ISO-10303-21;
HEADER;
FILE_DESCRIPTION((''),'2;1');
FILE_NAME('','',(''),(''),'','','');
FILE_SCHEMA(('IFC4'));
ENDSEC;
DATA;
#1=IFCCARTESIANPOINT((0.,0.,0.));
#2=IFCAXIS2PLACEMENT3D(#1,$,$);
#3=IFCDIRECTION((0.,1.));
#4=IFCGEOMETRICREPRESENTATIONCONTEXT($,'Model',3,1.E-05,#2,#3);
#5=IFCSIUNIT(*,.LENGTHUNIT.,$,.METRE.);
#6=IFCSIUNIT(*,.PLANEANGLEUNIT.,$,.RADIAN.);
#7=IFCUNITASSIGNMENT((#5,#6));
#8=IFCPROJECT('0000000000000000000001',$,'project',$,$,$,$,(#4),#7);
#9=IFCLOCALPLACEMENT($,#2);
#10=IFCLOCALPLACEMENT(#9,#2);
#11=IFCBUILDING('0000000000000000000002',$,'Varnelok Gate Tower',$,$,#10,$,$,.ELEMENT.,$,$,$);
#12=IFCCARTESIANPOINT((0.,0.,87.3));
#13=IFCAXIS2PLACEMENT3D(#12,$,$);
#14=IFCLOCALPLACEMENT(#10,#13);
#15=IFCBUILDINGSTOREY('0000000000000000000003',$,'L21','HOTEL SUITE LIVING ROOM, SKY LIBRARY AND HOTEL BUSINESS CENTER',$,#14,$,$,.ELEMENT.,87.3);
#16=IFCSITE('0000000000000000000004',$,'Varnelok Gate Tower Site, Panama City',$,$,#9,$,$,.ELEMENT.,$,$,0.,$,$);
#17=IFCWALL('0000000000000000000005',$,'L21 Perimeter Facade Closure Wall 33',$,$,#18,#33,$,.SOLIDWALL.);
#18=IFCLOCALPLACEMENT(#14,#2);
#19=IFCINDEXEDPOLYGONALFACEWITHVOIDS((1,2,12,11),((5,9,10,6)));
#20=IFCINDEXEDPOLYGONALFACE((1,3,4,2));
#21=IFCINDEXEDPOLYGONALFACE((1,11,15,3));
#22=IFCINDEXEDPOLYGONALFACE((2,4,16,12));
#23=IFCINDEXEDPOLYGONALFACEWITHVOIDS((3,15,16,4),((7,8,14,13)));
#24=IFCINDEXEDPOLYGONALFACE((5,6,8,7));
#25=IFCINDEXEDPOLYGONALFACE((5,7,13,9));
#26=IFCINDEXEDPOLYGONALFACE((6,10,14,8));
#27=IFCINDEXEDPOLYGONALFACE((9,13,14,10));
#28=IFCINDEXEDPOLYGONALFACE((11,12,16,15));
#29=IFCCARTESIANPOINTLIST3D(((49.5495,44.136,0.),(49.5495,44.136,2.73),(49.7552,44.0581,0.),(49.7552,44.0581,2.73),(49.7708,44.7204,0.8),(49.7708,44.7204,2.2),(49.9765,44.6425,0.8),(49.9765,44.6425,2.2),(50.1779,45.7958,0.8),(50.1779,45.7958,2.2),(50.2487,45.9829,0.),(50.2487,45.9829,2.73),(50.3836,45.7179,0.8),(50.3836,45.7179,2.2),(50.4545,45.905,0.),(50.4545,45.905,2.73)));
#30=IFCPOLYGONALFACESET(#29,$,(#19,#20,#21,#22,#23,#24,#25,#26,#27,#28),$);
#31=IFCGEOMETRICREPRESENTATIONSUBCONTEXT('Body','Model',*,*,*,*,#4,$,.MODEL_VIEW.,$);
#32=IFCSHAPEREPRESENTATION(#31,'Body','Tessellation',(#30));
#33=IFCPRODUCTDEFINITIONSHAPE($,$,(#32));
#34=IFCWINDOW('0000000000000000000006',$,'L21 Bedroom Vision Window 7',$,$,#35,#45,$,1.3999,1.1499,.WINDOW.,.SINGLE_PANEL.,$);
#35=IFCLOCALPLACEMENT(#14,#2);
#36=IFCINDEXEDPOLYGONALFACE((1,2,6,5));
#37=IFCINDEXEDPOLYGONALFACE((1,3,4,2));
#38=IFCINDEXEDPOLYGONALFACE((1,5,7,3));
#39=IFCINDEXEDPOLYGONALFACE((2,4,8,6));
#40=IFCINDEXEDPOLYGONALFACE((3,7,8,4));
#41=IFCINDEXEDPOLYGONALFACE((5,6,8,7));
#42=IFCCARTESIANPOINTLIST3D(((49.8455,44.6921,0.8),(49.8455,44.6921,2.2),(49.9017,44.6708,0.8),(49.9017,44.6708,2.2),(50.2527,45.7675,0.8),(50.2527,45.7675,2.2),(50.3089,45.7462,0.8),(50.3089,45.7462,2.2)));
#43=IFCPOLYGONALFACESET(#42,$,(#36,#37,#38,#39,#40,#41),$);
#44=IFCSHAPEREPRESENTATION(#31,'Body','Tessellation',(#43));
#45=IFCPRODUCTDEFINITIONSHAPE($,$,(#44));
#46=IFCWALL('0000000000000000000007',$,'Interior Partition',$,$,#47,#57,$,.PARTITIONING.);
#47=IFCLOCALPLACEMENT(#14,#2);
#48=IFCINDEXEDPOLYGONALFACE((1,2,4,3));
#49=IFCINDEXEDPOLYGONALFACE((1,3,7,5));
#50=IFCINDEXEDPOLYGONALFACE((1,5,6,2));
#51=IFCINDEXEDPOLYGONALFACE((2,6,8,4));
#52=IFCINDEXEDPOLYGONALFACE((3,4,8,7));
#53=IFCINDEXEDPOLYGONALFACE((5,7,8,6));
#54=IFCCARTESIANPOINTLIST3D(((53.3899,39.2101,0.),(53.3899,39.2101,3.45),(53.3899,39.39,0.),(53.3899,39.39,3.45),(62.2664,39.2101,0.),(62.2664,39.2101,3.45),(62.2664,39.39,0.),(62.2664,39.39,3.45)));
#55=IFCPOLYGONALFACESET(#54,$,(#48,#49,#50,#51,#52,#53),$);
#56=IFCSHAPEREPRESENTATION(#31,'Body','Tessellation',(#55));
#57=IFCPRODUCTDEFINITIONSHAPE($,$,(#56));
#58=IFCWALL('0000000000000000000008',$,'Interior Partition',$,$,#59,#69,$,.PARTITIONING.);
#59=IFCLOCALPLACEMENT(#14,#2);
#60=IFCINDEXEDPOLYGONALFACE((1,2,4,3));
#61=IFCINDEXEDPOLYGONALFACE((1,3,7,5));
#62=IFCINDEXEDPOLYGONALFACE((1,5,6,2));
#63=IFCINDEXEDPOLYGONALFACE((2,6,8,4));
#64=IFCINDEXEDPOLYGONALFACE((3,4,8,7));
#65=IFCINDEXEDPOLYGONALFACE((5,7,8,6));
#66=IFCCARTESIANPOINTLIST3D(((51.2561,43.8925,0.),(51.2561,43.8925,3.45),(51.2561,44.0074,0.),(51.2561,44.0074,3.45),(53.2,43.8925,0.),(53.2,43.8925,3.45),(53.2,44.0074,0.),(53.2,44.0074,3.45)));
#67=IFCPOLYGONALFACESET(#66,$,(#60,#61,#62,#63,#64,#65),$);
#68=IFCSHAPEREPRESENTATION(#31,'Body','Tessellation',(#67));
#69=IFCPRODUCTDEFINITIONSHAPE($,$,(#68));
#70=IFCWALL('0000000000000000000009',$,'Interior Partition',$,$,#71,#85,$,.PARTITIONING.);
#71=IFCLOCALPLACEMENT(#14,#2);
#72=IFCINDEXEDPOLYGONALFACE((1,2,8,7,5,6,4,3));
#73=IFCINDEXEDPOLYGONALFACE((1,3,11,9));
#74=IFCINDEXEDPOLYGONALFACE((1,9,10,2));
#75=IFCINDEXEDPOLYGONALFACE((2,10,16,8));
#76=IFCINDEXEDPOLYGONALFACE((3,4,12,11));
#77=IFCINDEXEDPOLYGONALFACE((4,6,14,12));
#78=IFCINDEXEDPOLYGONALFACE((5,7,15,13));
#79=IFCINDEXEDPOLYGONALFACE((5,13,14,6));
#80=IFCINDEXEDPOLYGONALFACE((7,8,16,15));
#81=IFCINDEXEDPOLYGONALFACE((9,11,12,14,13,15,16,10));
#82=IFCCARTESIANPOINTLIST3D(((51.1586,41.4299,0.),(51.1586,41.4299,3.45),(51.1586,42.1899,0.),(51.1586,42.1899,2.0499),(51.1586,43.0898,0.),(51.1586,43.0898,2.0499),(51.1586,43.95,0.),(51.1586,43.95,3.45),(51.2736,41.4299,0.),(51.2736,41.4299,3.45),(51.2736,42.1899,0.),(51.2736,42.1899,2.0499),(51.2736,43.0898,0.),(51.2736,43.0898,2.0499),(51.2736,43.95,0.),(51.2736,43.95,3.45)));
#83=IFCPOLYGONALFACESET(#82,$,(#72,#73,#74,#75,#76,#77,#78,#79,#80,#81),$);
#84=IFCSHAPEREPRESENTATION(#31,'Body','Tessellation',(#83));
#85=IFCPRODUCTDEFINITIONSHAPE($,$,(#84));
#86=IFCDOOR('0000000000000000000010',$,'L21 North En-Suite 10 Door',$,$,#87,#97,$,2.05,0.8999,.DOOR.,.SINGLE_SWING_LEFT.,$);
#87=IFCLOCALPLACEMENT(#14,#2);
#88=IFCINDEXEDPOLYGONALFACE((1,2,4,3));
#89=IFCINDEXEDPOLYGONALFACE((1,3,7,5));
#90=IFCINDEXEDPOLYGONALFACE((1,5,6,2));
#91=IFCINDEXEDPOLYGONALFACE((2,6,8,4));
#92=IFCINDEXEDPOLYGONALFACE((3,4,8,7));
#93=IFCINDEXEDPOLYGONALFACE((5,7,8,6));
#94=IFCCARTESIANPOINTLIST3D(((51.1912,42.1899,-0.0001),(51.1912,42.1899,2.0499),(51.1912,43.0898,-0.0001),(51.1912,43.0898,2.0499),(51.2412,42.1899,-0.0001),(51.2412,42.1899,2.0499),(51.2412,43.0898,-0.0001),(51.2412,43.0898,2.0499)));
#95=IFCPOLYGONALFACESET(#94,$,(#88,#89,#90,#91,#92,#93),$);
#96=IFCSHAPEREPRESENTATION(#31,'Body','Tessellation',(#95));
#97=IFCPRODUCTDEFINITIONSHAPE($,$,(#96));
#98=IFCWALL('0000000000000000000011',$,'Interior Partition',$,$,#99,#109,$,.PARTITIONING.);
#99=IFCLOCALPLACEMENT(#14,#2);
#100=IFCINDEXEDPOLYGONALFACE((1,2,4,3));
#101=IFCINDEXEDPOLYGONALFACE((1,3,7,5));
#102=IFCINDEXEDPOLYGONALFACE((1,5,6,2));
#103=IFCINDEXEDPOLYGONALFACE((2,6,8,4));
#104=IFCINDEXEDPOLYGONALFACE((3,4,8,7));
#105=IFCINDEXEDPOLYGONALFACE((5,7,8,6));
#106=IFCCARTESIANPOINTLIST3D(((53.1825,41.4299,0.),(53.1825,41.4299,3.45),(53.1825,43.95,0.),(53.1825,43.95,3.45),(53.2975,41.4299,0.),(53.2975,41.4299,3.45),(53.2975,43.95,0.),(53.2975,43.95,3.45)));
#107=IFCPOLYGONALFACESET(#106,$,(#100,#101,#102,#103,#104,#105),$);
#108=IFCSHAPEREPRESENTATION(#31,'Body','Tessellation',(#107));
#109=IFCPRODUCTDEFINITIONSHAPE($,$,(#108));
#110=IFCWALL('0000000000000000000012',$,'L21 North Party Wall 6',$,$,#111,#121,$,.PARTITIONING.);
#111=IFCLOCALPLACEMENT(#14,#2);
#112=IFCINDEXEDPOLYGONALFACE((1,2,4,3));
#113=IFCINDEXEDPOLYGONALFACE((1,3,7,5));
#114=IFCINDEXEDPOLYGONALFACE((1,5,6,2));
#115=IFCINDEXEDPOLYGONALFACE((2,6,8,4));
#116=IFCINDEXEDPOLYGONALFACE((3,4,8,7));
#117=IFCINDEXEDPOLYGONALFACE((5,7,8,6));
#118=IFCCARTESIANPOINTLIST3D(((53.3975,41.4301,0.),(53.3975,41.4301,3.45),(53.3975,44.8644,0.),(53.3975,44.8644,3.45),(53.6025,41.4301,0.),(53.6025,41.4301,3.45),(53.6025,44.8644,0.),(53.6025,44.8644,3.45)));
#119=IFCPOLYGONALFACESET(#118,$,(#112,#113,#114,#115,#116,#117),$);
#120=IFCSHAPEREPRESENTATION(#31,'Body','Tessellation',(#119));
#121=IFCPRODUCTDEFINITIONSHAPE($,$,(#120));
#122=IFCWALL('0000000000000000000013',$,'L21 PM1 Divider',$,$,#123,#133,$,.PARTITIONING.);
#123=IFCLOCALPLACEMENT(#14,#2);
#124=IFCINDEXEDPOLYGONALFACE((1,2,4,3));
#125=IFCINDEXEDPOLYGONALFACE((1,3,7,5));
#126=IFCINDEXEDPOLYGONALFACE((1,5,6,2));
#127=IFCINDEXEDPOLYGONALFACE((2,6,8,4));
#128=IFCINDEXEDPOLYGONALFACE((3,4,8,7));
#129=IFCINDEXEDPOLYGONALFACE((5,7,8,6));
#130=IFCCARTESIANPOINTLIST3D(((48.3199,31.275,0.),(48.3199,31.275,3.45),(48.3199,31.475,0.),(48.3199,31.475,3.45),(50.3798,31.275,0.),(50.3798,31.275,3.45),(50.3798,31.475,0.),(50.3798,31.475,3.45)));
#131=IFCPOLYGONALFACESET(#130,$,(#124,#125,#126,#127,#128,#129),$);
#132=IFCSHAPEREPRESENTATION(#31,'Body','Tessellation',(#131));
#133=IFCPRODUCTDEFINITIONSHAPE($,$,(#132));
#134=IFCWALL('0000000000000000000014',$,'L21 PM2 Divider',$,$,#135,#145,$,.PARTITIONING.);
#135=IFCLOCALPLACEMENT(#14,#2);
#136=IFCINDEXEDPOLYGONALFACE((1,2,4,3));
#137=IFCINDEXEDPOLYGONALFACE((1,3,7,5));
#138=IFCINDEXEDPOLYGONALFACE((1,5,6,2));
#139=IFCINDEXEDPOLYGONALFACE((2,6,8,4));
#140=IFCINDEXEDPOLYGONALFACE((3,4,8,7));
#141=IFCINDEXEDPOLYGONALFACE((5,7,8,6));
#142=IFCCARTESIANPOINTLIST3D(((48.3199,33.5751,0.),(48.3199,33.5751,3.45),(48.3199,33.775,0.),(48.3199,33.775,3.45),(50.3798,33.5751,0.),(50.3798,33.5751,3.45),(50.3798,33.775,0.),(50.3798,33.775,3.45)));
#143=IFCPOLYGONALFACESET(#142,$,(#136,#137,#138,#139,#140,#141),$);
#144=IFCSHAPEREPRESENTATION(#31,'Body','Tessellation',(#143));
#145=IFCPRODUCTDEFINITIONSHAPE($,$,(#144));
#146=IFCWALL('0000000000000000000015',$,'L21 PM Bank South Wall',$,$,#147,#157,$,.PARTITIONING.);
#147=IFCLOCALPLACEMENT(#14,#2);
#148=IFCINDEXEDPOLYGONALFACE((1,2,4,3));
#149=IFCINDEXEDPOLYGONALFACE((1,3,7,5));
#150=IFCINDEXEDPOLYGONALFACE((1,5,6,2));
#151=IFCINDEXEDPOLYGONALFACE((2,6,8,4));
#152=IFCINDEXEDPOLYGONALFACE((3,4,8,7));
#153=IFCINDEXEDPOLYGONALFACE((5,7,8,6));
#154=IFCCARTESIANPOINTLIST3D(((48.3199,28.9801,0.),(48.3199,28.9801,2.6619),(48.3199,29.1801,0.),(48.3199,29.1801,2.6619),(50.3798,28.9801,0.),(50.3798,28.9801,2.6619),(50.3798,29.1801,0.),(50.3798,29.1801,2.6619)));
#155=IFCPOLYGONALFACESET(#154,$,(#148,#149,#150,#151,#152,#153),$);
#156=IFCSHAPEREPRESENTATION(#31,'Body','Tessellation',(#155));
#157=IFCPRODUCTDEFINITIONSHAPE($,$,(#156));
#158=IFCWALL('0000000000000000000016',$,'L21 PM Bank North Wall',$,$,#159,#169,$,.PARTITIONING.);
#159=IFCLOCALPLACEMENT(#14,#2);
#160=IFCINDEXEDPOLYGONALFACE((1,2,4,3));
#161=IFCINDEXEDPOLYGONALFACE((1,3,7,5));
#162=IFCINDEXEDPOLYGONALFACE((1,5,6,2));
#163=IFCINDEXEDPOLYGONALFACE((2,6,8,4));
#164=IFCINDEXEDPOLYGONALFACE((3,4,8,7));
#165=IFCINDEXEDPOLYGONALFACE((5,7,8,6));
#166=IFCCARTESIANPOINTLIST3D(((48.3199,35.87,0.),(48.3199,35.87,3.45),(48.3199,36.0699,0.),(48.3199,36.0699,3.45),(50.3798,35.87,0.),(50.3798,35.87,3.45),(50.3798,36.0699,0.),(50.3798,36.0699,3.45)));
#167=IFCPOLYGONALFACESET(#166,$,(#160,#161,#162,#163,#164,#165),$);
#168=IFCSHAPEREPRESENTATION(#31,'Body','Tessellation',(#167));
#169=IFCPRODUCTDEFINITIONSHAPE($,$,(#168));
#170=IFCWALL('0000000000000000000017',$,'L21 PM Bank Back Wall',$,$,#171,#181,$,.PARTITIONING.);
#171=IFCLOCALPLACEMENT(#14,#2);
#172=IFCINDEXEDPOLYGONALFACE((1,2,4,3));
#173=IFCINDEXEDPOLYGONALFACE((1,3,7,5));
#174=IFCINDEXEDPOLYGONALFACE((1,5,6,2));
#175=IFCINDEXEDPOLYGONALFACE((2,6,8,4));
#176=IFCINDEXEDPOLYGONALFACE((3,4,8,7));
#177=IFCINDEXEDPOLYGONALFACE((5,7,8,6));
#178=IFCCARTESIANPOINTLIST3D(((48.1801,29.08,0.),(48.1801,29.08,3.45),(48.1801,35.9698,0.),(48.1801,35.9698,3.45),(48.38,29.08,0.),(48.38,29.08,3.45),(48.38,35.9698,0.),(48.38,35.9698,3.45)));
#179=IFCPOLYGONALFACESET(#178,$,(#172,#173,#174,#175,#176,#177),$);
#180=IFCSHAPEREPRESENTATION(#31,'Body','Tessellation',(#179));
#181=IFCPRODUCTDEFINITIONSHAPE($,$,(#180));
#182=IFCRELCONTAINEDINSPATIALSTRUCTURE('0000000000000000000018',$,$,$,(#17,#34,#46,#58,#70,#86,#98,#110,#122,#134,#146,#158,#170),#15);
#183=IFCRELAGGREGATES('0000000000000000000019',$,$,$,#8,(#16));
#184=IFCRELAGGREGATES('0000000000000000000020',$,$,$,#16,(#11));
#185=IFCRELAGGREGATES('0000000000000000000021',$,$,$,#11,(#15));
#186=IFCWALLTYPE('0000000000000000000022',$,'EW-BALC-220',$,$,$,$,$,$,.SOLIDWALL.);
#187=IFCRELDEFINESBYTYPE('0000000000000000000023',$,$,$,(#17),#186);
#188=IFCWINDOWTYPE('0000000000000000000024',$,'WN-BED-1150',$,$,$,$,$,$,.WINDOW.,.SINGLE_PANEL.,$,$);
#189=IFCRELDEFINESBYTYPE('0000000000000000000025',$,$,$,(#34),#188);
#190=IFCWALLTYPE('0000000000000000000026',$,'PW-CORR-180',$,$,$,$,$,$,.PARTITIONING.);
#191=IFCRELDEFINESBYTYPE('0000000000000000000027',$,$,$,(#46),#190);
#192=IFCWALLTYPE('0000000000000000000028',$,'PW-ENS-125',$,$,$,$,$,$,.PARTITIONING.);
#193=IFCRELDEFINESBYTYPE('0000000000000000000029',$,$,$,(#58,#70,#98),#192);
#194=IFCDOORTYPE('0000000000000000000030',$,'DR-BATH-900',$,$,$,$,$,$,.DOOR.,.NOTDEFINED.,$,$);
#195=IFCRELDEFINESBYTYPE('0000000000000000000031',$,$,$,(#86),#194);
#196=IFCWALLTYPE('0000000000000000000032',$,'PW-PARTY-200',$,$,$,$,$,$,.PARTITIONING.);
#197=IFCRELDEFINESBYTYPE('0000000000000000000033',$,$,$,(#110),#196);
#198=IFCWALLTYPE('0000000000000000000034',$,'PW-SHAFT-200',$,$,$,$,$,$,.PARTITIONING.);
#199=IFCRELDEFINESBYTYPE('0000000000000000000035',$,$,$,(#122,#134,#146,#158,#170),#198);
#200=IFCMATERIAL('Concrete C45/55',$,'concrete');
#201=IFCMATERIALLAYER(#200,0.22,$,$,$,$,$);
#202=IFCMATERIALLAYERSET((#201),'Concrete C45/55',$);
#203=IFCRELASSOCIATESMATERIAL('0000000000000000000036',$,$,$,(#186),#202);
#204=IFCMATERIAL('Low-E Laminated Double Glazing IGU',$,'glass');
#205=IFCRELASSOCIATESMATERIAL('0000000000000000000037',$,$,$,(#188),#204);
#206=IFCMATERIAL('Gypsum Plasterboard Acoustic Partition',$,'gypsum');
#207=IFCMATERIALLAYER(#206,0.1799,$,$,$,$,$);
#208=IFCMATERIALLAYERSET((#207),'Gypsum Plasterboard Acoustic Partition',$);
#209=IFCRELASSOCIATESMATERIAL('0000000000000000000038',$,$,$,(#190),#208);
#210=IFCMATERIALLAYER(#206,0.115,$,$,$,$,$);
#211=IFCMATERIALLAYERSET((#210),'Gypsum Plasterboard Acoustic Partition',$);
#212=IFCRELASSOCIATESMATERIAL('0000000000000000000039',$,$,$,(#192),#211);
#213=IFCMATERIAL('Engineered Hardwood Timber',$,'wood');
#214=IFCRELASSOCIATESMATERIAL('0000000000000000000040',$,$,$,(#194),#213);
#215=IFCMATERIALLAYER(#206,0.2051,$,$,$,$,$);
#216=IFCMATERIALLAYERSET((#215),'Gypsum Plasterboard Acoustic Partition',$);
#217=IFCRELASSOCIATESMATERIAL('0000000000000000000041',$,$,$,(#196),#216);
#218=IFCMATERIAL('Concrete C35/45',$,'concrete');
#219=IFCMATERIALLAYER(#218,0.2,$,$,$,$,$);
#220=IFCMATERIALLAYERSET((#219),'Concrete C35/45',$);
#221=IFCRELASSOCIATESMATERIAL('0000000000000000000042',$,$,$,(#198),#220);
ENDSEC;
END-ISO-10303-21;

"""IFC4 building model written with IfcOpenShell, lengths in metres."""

from ifc_helpers import new_model, si_unit, direction, frame, frame_2d, origin, place, context, subcontext, project, spatial, rectangle, extrude, material, layer, layer_set, type_object, element, fill, save


model = new_model("IFC4")

# Units and contexts
model_context = context("Model", 3, precision=1e-05, world=origin(), true_north=direction((0.0, 1.0)))
body_context = subcontext(model_context, "Body", "Model", "MODEL_VIEW")
ifc_project = project(units=[si_unit("LENGTHUNIT", "METRE"), si_unit("PLANEANGLEUNIT", "RADIAN")], contexts=[model_context])

# Site, building, storey
site_placement = place(None, origin())
site = spatial("IfcSite", under=ifc_project, at=site_placement, Name="Varnelok Gate Tower Site, Panama City", CompositionType="ELEMENT", RefElevation=0.0)
building_placement = place(site_placement, origin())
building = spatial("IfcBuilding", under=site, at=building_placement, Name="Varnelok Gate Tower", CompositionType="ELEMENT")
storey_placement = place(building_placement, frame((0.0, 0.0, 87.3)))
storey = spatial("IfcBuildingStorey", under=building, at=storey_placement, Name="L21", Description="HOTEL SUITE LIVING ROOM, SKY LIBRARY AND HOTEL BUSINESS CENTER", CompositionType="ELEMENT", Elevation=87.3)

# Wall, opening, window
ifc_material_1 = material(Name="Concrete C45/55", Category="concrete")
ifc_layer_1 = layer(ifc_material_1, 0.22)
ifc_layer_set_1 = layer_set([ifc_layer_1], Name="Concrete C45/55")
wall_type_1 = type_object("IfcWallType", Name="EW-BALC-220", PredefinedType="SOLIDWALL", material=ifc_layer_set_1)
wall_1_placement = place(storey_placement, frame((50.3516, 45.9438, 0.0), z_axis=(0.0, 0.0, 1.0), x_axis=(-0.354062, -0.935222, 0.0)))
wall_1 = element("IfcWall", 1, at=wall_1_placement, inside=storey, type_object=wall_type_1, Name="L21 Perimeter Facade Closure Wall 33", PredefinedType="SOLIDWALL", context=body_context, shape_type="SweptSolid", body=[
    extrude(rectangle(XDim=1.9749, YDim=0.22, at=frame_2d((0.9873, 0.0))), origin(), (0.0, 0.0, 1.0), 2.73),
])
opening_1_placement = place(wall_1_placement, frame((0.2, 0.0, 0.8)))
opening_1 = element("IfcOpeningElement", 2, at=opening_1_placement, cuts=wall_1, PredefinedType="OPENING", context=body_context, shape_type="SweptSolid", body=[
    extrude(rectangle(XDim=1.1499, YDim=1.3999, at=frame_2d((0.575, 0.7))), frame((0.0, 0.1199, 0.0), z_axis=(0.0, -1.0, 0.0), x_axis=(1.0, 0.0, 0.0)), (0.0, 0.0, 1.0), 0.24),
])
ifc_material_2 = material(Name="Low-E Laminated Double Glazing IGU", Category="glass")
window_type = type_object("IfcWindowType", Name="WN-BED-1150", PartitioningType="SINGLE_PANEL", PredefinedType="WINDOW", material=ifc_material_2)
window_placement = place(opening_1_placement, origin())
window = element("IfcWindow", 3, at=window_placement, inside=storey, type_object=window_type, Name="L21 Bedroom Vision Window 7", OverallHeight=1.3999, OverallWidth=1.1499, PartitioningType="SINGLE_PANEL", PredefinedType="WINDOW", context=body_context, shape_type="SweptSolid", body=[
    extrude(rectangle(XDim=1.1499, YDim=1.3999, at=frame_2d((0.575, 0.7))), frame((0.0, 0.03, 0.0), z_axis=(0.0, -1.0, 0.0), x_axis=(1.0, 0.0, 0.0)), (0.0, 0.0, 1.0), 0.0601),
])
fill(opening_1, window)

# Walls
ifc_material_3 = material(Name="Gypsum Plasterboard Acoustic Partition", Category="gypsum")
ifc_layer_2 = layer(ifc_material_3, 0.1799)
ifc_layer_set_2 = layer_set([ifc_layer_2], Name="Gypsum Plasterboard Acoustic Partition")
wall_type_2 = type_object("IfcWallType", Name="PW-CORR-180", PredefinedType="PARTITIONING", material=ifc_layer_set_2)
wall_2_placement = place(storey_placement, frame((53.3899, 39.3, 0.0), z_axis=(0.0, 0.0, 1.0), x_axis=(1.0, 0.0, 0.0)))
element("IfcWall", 4, at=wall_2_placement, inside=storey, type_object=wall_type_2, Name="Interior Partition", PredefinedType="PARTITIONING", context=body_context, shape_type="SweptSolid", body=[
    extrude(rectangle(XDim=8.8765, YDim=0.1799, at=frame_2d((4.4382, 0.0))), origin(), (0.0, 0.0, 1.0), 3.45),
])
ifc_layer_3 = layer(ifc_material_3, 0.115)
ifc_layer_set_3 = layer_set([ifc_layer_3], Name="Gypsum Plasterboard Acoustic Partition")
wall_type_3 = type_object("IfcWallType", Name="PW-ENS-125", PredefinedType="PARTITIONING", material=ifc_layer_set_3)
wall_3_placement = place(storey_placement, frame((51.2561, 43.95, 0.0), z_axis=(0.0, 0.0, 1.0), x_axis=(1.0, 0.0, 0.0)))
element("IfcWall", 5, at=wall_3_placement, inside=storey, type_object=wall_type_3, Name="Interior Partition", PredefinedType="PARTITIONING", context=body_context, shape_type="SweptSolid", body=[
    extrude(rectangle(XDim=1.9438, YDim=0.115, at=frame_2d((0.9719, 0.0))), origin(), (0.0, 0.0, 1.0), 3.45),
])

# Wall, opening, door
wall_4_placement = place(storey_placement, frame((51.2161, 41.4299, 0.0), z_axis=(0.0, 0.0, 1.0), x_axis=(0.0, 1.0, 0.0)))
wall_4 = element("IfcWall", 6, at=wall_4_placement, inside=storey, type_object=wall_type_3, Name="Interior Partition", PredefinedType="PARTITIONING", context=body_context, shape_type="SweptSolid", body=[
    extrude(rectangle(XDim=2.52, YDim=0.115, at=frame_2d((1.26, 0.0))), origin(), (0.0, 0.0, 1.0), 3.45),
])
opening_2_placement = place(wall_4_placement, frame((0.76, 0.0, 0.0)))
opening_2 = element("IfcOpeningElement", 7, at=opening_2_placement, cuts=wall_4, PredefinedType="OPENING", context=body_context, shape_type="SweptSolid", body=[
    extrude(rectangle(XDim=0.8999, YDim=2.05, at=frame_2d((0.45, 1.0249))), frame((0.0, 0.0674, 0.0), z_axis=(0.0, -1.0, 0.0), x_axis=(1.0, 0.0, 0.0)), (0.0, 0.0, 1.0), 0.135),
])
ifc_material_4 = material(Name="Engineered Hardwood Timber", Category="wood")
door_type = type_object("IfcDoorType", Name="DR-BATH-900", OperationType="NOTDEFINED", PredefinedType="DOOR", material=ifc_material_4)
door_placement = place(opening_2_placement, origin())
door = element("IfcDoor", 8, at=door_placement, inside=storey, type_object=door_type, Name="L21 North En-Suite 10 Door", OperationType="SINGLE_SWING_LEFT", OverallHeight=2.05, OverallWidth=0.8999, PredefinedType="DOOR", context=body_context, shape_type="SweptSolid", body=[
    extrude(rectangle(XDim=0.8999, YDim=2.05, at=frame_2d((0.45, 1.0249))), frame((0.0, 0.0249, 0.0), z_axis=(0.0, -1.0, 0.0), x_axis=(1.0, 0.0, 0.0)), (0.0, 0.0, 1.0), 0.05),
])
fill(opening_2, door)

# Walls
wall_5_placement = place(storey_placement, frame((53.24, 41.4299, 0.0), z_axis=(0.0, 0.0, 1.0), x_axis=(0.0, 1.0, 0.0)))
element("IfcWall", 9, at=wall_5_placement, inside=storey, type_object=wall_type_3, Name="Interior Partition", PredefinedType="PARTITIONING", context=body_context, shape_type="SweptSolid", body=[
    extrude(rectangle(XDim=2.52, YDim=0.115, at=frame_2d((1.26, 0.0))), origin(), (0.0, 0.0, 1.0), 3.45),
])
ifc_layer_4 = layer(ifc_material_3, 0.2051)
ifc_layer_set_4 = layer_set([ifc_layer_4], Name="Gypsum Plasterboard Acoustic Partition")
wall_type_4 = type_object("IfcWallType", Name="PW-PARTY-200", PredefinedType="PARTITIONING", material=ifc_layer_set_4)
wall_6_placement = place(storey_placement, frame((53.5, 41.4299, 0.0), z_axis=(0.0, 0.0, 1.0), x_axis=(0.0, 1.0, 0.0)))
element("IfcWall", 10, at=wall_6_placement, inside=storey, type_object=wall_type_4, Name="L21 North Party Wall 6", PredefinedType="PARTITIONING", context=body_context, shape_type="SweptSolid", body=[
    extrude(rectangle(XDim=3.4343, YDim=0.2051, at=frame_2d((1.7173, 0.0))), origin(), (0.0, 0.0, 1.0), 3.45),
])
ifc_material_5 = material(Name="Concrete C35/45", Category="concrete")
ifc_layer_5 = layer(ifc_material_5, 0.2)
ifc_layer_set_5 = layer_set([ifc_layer_5], Name="Concrete C35/45")
wall_type_5 = type_object("IfcWallType", Name="PW-SHAFT-200", PredefinedType="PARTITIONING", material=ifc_layer_set_5)
for number, where, z_axis, x_axis, name in (
    (11, (48.3201, 31.375, 0.0), (0.0, 0.0, 1.0), (1.0, 0.0, 0.0), "L21 PM1 Divider"),
    (12, (48.3201, 33.675, 0.0), (0.0, 0.0, 1.0), (1.0, 0.0, 0.0), "L21 PM2 Divider"),
):
    element("IfcWall", number, at=place(storey_placement, frame(where, z_axis=z_axis, x_axis=x_axis)), inside=storey, type_object=wall_type_5, Name=name, PredefinedType="PARTITIONING", context=body_context, shape_type="SweptSolid", body=[
        extrude(rectangle(XDim=2.0598, YDim=0.2, at=frame_2d((1.0298, 0.0))), origin(), (0.0, 0.0, 1.0), 3.45),
    ])
wall_7_placement = place(storey_placement, frame((48.3201, 29.0801, 0.0), z_axis=(0.0, 0.0, 1.0), x_axis=(1.0, 0.0, 0.0)))
element("IfcWall", 13, at=wall_7_placement, inside=storey, type_object=wall_type_5, Name="L21 PM Bank South Wall", PredefinedType="PARTITIONING", context=body_context, shape_type="SweptSolid", body=[
    extrude(rectangle(XDim=2.0598, YDim=0.2, at=frame_2d((1.0298, 0.0))), origin(), (0.0, 0.0, 1.0), 2.6619),
])
wall_8_placement = place(storey_placement, frame((48.3201, 35.97, 0.0), z_axis=(0.0, 0.0, 1.0), x_axis=(1.0, 0.0, 0.0)))
element("IfcWall", 14, at=wall_8_placement, inside=storey, type_object=wall_type_5, Name="L21 PM Bank North Wall", PredefinedType="PARTITIONING", context=body_context, shape_type="SweptSolid", body=[
    extrude(rectangle(XDim=2.0598, YDim=0.2, at=frame_2d((1.0298, 0.0))), origin(), (0.0, 0.0, 1.0), 3.45),
])
for number, where, z_axis, x_axis, name in (
    (15, (48.28, 29.0801, 0.0), (0.0, 0.0, 1.0), (0.0, 1.0, 0.0), "L21 PM Bank Back Wall"),
):
    element("IfcWall", number, at=place(storey_placement, frame(where, z_axis=z_axis, x_axis=x_axis)), inside=storey, type_object=wall_type_5, Name=name, PredefinedType="PARTITIONING", context=body_context, shape_type="SweptSolid", body=[
        extrude(rectangle(XDim=6.8899, YDim=0.2, at=frame_2d((3.4448, 0.0))), origin(), (0.0, 0.0, 1.0), 3.45),
    ])

save(model, "model.ifc")
